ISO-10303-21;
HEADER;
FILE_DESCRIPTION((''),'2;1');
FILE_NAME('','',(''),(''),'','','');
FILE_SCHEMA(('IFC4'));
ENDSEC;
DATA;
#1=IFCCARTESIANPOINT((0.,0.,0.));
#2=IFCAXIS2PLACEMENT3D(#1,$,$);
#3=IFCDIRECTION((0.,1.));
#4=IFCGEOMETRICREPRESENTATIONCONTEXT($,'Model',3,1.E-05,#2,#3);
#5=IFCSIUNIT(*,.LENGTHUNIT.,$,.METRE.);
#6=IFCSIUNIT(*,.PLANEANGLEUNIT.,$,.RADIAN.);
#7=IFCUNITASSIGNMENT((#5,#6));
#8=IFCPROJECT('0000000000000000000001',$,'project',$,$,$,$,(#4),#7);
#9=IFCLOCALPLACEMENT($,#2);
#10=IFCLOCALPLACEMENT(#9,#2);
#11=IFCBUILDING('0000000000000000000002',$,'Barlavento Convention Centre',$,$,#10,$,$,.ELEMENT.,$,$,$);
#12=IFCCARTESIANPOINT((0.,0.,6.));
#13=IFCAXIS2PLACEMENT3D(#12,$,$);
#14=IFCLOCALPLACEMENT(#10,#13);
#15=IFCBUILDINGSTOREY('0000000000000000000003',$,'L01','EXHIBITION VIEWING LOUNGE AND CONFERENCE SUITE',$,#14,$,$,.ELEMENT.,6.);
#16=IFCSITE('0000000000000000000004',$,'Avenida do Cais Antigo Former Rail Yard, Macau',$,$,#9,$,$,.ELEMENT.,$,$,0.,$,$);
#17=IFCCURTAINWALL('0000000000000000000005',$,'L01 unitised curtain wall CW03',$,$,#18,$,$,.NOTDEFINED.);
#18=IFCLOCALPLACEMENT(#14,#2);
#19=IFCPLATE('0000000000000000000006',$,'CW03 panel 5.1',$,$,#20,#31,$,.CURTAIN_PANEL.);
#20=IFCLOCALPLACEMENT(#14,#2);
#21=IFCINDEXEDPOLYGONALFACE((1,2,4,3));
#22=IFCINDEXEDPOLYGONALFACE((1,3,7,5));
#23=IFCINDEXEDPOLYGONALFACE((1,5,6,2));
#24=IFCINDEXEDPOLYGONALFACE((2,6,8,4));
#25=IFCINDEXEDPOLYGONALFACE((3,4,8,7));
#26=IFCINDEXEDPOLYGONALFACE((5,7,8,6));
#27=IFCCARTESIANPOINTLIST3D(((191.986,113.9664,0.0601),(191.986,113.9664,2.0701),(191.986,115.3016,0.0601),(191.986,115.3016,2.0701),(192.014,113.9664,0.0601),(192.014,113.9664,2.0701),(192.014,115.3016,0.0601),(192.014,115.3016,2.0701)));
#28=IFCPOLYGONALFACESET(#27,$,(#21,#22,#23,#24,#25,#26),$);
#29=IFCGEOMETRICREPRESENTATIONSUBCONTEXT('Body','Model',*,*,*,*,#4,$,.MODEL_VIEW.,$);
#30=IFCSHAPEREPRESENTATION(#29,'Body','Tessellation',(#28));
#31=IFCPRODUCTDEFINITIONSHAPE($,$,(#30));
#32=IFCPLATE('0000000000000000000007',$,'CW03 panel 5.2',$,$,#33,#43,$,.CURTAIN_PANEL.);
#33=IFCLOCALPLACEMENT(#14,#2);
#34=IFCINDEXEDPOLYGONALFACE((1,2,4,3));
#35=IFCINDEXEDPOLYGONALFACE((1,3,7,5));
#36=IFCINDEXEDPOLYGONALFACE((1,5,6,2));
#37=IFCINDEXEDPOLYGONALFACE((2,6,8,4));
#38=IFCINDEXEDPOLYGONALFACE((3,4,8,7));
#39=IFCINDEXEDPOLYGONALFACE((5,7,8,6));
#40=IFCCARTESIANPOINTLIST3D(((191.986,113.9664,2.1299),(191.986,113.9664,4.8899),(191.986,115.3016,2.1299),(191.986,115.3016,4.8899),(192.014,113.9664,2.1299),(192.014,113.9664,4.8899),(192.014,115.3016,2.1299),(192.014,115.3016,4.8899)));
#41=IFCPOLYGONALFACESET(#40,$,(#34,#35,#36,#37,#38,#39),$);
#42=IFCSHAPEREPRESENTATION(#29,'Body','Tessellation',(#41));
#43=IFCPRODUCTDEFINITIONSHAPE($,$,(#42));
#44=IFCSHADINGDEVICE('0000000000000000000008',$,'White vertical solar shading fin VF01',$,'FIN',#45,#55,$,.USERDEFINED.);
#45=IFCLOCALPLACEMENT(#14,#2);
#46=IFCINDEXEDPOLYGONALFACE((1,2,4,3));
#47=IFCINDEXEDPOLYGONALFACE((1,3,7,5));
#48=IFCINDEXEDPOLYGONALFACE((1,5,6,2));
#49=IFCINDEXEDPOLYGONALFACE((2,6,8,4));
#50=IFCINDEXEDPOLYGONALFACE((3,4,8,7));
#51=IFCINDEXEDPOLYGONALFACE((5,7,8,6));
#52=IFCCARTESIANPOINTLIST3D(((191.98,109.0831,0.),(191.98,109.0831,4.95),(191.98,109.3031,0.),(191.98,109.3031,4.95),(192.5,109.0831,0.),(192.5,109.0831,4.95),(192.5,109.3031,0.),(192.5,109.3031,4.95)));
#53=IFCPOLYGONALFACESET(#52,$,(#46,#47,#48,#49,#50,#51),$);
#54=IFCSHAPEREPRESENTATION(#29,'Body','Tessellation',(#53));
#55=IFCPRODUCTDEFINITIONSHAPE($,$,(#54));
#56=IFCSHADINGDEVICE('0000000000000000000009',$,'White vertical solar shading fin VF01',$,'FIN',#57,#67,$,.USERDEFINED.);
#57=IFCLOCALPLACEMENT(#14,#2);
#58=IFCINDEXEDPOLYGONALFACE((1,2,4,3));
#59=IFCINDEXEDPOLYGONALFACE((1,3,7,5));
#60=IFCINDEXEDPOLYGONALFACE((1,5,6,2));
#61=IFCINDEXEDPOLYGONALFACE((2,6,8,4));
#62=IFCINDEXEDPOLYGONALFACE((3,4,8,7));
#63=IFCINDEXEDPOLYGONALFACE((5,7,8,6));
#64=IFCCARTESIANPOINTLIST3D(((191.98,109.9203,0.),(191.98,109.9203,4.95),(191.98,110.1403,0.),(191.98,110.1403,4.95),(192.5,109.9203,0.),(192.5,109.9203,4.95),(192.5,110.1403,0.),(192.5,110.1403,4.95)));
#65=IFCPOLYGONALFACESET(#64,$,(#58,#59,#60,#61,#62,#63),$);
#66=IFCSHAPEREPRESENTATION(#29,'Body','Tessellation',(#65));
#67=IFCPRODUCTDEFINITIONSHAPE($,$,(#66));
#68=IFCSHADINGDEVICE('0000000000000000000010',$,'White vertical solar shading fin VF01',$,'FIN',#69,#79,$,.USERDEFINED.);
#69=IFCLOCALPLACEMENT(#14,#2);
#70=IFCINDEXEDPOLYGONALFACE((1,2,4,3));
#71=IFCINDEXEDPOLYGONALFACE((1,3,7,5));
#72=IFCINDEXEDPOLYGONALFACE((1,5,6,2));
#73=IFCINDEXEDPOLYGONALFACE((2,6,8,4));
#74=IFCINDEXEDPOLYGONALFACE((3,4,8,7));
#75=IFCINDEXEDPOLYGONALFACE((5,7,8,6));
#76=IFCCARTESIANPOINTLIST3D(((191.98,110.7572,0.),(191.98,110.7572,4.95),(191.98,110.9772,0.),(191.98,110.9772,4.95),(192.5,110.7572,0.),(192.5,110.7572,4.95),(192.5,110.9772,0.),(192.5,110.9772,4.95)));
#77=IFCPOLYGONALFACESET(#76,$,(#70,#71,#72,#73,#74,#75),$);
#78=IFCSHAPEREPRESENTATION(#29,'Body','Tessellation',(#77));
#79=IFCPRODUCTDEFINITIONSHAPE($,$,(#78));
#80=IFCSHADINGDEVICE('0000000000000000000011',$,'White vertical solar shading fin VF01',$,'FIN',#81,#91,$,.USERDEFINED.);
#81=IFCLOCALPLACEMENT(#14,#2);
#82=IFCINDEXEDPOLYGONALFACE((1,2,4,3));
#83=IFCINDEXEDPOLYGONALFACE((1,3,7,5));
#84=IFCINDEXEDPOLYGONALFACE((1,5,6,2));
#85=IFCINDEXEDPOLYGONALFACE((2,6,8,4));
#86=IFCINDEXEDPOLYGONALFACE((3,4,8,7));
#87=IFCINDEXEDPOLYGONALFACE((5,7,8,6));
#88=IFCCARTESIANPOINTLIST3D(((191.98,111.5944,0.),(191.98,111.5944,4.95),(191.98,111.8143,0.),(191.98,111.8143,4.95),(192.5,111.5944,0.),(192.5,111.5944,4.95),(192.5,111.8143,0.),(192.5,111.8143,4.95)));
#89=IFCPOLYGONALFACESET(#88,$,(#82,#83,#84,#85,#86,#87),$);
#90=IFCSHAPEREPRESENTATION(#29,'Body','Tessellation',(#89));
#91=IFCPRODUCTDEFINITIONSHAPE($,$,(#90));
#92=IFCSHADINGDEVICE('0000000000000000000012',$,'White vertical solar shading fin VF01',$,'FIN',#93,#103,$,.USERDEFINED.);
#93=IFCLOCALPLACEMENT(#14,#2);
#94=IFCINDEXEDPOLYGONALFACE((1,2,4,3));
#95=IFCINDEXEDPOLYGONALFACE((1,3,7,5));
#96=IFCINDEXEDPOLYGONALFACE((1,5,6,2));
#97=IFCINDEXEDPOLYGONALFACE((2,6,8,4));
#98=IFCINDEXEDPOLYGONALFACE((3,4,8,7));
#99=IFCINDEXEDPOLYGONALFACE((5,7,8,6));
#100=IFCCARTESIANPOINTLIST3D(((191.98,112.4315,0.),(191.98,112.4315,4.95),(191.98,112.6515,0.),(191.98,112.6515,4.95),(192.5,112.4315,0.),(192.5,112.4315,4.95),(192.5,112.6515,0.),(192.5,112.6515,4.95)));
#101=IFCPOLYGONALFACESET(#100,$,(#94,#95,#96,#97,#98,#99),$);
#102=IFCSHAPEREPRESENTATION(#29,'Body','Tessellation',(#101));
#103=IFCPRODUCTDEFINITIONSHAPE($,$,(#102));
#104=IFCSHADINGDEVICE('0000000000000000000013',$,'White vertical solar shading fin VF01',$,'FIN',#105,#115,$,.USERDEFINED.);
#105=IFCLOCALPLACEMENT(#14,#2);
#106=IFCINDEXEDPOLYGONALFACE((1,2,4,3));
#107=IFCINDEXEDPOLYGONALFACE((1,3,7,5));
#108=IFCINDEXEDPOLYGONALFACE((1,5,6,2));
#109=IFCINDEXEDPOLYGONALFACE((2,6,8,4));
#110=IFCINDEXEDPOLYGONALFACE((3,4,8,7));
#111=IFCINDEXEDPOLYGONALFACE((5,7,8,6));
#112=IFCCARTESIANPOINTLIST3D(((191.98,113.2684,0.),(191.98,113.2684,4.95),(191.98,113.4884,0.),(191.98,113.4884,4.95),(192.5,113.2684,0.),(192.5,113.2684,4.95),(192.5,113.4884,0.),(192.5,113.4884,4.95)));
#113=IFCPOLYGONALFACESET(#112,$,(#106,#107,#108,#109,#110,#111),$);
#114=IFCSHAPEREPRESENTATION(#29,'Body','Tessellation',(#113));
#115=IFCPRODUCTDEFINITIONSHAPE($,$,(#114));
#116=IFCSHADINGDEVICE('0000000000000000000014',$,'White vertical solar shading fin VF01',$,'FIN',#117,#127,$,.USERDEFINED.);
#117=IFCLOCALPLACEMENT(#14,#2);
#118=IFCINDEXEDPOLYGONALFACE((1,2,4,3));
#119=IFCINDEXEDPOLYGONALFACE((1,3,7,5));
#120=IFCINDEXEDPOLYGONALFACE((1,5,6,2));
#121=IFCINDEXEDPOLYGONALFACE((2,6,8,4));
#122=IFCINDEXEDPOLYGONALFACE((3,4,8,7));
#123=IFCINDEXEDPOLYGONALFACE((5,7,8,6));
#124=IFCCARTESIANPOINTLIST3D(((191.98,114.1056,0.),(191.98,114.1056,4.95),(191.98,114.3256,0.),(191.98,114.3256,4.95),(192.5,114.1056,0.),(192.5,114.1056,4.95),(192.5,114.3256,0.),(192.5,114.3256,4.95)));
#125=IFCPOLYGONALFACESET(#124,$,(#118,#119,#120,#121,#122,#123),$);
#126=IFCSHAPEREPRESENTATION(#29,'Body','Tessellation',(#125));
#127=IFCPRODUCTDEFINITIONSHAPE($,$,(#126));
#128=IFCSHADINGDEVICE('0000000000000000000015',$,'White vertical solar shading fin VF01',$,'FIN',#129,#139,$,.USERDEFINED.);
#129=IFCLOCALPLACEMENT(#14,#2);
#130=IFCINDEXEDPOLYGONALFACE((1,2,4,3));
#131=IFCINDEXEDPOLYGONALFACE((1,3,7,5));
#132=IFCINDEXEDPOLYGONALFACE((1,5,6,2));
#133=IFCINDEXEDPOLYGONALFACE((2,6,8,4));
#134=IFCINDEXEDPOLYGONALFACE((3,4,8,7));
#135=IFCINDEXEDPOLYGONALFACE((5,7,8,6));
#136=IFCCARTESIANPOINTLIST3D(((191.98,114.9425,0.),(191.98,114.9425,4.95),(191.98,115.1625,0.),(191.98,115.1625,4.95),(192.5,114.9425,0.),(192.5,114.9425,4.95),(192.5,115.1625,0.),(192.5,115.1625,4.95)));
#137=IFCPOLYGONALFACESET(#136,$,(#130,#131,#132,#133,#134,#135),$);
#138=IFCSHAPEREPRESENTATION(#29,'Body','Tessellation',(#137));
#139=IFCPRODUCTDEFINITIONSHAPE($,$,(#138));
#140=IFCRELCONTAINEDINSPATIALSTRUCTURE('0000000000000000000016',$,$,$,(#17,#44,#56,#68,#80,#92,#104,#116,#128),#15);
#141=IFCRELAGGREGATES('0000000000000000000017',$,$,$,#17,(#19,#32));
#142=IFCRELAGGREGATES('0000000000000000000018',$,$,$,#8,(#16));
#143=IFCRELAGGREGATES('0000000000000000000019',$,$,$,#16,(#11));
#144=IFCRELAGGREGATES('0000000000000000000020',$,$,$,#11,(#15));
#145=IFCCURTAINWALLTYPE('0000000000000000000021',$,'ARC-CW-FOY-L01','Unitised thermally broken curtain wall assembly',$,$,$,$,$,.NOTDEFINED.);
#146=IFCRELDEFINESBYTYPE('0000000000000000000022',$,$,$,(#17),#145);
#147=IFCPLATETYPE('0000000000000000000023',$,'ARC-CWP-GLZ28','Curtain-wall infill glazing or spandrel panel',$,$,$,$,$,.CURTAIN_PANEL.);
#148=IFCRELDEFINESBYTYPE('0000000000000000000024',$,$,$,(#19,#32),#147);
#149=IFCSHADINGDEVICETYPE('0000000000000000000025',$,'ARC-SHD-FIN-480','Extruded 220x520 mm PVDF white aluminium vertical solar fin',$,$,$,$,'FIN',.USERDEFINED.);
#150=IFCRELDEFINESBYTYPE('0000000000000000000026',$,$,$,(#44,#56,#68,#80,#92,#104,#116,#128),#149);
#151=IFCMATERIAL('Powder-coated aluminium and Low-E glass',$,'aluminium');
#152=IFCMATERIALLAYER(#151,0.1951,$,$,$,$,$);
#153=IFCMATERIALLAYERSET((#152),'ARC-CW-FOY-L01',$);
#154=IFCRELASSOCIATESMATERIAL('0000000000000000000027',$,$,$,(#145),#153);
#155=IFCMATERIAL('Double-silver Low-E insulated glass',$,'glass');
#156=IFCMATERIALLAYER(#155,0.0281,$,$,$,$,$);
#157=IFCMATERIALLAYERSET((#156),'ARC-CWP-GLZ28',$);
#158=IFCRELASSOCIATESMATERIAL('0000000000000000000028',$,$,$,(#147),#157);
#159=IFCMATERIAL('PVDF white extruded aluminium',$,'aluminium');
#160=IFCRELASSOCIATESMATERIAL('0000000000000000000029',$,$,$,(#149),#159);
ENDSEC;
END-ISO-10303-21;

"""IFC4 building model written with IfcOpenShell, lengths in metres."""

from ifc_helpers import new_model, si_unit, direction, frame, origin, origin_2d, place, context, subcontext, project, spatial, rectangle, extrude, material, layer, layer_set, type_object, element, aggregate, save


model = new_model("IFC4")

# Units and contexts
model_context = context("Model", 3, precision=1e-05, world=origin(), true_north=direction((0.0, 1.0)))
body_context = subcontext(model_context, "Body", "Model", "MODEL_VIEW")
ifc_project = project(units=[si_unit("LENGTHUNIT", "METRE"), si_unit("PLANEANGLEUNIT", "RADIAN")], contexts=[model_context])

# Site, building, storey
site_placement = place(None, origin())
site = spatial("IfcSite", under=ifc_project, at=site_placement, Name="Avenida do Cais Antigo Former Rail Yard, Macau", CompositionType="ELEMENT", RefElevation=0.0)
building_placement = place(site_placement, origin())
building = spatial("IfcBuilding", under=site, at=building_placement, Name="Barlavento Convention Centre", CompositionType="ELEMENT")
storey_placement = place(building_placement, frame((0.0, 0.0, 6.0)))
storey = spatial("IfcBuildingStorey", under=building, at=storey_placement, Name="L01", Description="EXHIBITION VIEWING LOUNGE AND CONFERENCE SUITE", CompositionType="ELEMENT", Elevation=6.0)

# Curtain wall, plates
ifc_material_1 = material(Name="Powder-coated aluminium and Low-E glass", Category="aluminium")
ifc_layer_1 = layer(ifc_material_1, 0.1951)
ifc_layer_set_1 = layer_set([ifc_layer_1], Name="ARC-CW-FOY-L01")
curtain_wall_type = type_object("IfcCurtainWallType", Name="ARC-CW-FOY-L01", Description="Unitised thermally broken curtain wall assembly", PredefinedType="NOTDEFINED", material=ifc_layer_set_1)
curtain_wall_placement = place(storey_placement, origin())
curtain_wall = element("IfcCurtainWall", 1, at=curtain_wall_placement, inside=storey, type_object=curtain_wall_type, Name="L01 unitised curtain wall CW03", PredefinedType="NOTDEFINED")
ifc_material_2 = material(Name="Double-silver Low-E insulated glass", Category="glass")
ifc_layer_2 = layer(ifc_material_2, 0.0281)
ifc_layer_set_2 = layer_set([ifc_layer_2], Name="ARC-CWP-GLZ28")
plate_type = type_object("IfcPlateType", Name="ARC-CWP-GLZ28", Description="Curtain-wall infill glazing or spandrel panel", PredefinedType="CURTAIN_PANEL", material=ifc_layer_set_2)
plate_1_placement = place(storey_placement, frame((192.0, 114.634, 0.0601), z_axis=(0.0, 0.0, 1.0), x_axis=(0.0, 1.0, 0.0)))
plate_1 = element("IfcPlate", 2, at=plate_1_placement, type_object=plate_type, Name="CW03 panel 5.1", PredefinedType="CURTAIN_PANEL", context=body_context, shape_type="SweptSolid", body=[
    extrude(rectangle(XDim=1.3352, YDim=0.0281, at=origin_2d()), origin(), (0.0, 0.0, 1.0), 2.01),
])
plate_2_placement = place(storey_placement, frame((192.0, 114.634, 2.1299), z_axis=(0.0, 0.0, 1.0), x_axis=(0.0, 1.0, 0.0)))
plate_2 = element("IfcPlate", 3, at=plate_2_placement, type_object=plate_type, Name="CW03 panel 5.2", PredefinedType="CURTAIN_PANEL", context=body_context, shape_type="SweptSolid", body=[
    extrude(rectangle(XDim=1.3352, YDim=0.0281, at=origin_2d()), origin(), (0.0, 0.0, 1.0), 2.76),
])
aggregate(curtain_wall, [plate_1, plate_2])

# Shading devices
ifc_material_3 = material(Name="PVDF white extruded aluminium", Category="aluminium")
shading_device_type = type_object("IfcShadingDeviceType", Name="ARC-SHD-FIN-480", Description="Extruded 220x520 mm PVDF white aluminium vertical solar fin", ElementType="FIN", PredefinedType="USERDEFINED", material=ifc_material_3)
for number, where, z_axis, x_axis, name in (
    (4, (192.24, 109.1931, 0.0), (0.0, 0.0, 1.0), (0.0, 1.0, 0.0), "White vertical solar shading fin VF01"),
    (5, (192.24, 110.0303, 0.0), (0.0, 0.0, 1.0), (0.0, 1.0, 0.0), "White vertical solar shading fin VF01"),
    (6, (192.24, 110.8672, 0.0), (0.0, 0.0, 1.0), (0.0, 1.0, 0.0), "White vertical solar shading fin VF01"),
    (7, (192.24, 111.7043, 0.0), (0.0, 0.0, 1.0), (0.0, 1.0, 0.0), "White vertical solar shading fin VF01"),
    (8, (192.24, 112.5415, 0.0), (0.0, 0.0, 1.0), (0.0, 1.0, 0.0), "White vertical solar shading fin VF01"),
    (9, (192.24, 113.3784, 0.0), (0.0, 0.0, 1.0), (0.0, 1.0, 0.0), "White vertical solar shading fin VF01"),
    (10, (192.24, 114.2156, 0.0), (0.0, 0.0, 1.0), (0.0, 1.0, 0.0), "White vertical solar shading fin VF01"),
    (11, (192.24, 115.0525, 0.0), (0.0, 0.0, 1.0), (0.0, 1.0, 0.0), "White vertical solar shading fin VF01"),
):
    element("IfcShadingDevice", number, at=place(storey_placement, frame(where, z_axis=z_axis, x_axis=x_axis)), inside=storey, type_object=shading_device_type, Name=name, ObjectType="FIN", PredefinedType="USERDEFINED", context=body_context, shape_type="SweptSolid", body=[
        extrude(rectangle(XDim=0.22, YDim=0.52, at=origin_2d()), origin(), (0.0, 0.0, 1.0), 4.95),
    ])

save(model, "model.ifc")
